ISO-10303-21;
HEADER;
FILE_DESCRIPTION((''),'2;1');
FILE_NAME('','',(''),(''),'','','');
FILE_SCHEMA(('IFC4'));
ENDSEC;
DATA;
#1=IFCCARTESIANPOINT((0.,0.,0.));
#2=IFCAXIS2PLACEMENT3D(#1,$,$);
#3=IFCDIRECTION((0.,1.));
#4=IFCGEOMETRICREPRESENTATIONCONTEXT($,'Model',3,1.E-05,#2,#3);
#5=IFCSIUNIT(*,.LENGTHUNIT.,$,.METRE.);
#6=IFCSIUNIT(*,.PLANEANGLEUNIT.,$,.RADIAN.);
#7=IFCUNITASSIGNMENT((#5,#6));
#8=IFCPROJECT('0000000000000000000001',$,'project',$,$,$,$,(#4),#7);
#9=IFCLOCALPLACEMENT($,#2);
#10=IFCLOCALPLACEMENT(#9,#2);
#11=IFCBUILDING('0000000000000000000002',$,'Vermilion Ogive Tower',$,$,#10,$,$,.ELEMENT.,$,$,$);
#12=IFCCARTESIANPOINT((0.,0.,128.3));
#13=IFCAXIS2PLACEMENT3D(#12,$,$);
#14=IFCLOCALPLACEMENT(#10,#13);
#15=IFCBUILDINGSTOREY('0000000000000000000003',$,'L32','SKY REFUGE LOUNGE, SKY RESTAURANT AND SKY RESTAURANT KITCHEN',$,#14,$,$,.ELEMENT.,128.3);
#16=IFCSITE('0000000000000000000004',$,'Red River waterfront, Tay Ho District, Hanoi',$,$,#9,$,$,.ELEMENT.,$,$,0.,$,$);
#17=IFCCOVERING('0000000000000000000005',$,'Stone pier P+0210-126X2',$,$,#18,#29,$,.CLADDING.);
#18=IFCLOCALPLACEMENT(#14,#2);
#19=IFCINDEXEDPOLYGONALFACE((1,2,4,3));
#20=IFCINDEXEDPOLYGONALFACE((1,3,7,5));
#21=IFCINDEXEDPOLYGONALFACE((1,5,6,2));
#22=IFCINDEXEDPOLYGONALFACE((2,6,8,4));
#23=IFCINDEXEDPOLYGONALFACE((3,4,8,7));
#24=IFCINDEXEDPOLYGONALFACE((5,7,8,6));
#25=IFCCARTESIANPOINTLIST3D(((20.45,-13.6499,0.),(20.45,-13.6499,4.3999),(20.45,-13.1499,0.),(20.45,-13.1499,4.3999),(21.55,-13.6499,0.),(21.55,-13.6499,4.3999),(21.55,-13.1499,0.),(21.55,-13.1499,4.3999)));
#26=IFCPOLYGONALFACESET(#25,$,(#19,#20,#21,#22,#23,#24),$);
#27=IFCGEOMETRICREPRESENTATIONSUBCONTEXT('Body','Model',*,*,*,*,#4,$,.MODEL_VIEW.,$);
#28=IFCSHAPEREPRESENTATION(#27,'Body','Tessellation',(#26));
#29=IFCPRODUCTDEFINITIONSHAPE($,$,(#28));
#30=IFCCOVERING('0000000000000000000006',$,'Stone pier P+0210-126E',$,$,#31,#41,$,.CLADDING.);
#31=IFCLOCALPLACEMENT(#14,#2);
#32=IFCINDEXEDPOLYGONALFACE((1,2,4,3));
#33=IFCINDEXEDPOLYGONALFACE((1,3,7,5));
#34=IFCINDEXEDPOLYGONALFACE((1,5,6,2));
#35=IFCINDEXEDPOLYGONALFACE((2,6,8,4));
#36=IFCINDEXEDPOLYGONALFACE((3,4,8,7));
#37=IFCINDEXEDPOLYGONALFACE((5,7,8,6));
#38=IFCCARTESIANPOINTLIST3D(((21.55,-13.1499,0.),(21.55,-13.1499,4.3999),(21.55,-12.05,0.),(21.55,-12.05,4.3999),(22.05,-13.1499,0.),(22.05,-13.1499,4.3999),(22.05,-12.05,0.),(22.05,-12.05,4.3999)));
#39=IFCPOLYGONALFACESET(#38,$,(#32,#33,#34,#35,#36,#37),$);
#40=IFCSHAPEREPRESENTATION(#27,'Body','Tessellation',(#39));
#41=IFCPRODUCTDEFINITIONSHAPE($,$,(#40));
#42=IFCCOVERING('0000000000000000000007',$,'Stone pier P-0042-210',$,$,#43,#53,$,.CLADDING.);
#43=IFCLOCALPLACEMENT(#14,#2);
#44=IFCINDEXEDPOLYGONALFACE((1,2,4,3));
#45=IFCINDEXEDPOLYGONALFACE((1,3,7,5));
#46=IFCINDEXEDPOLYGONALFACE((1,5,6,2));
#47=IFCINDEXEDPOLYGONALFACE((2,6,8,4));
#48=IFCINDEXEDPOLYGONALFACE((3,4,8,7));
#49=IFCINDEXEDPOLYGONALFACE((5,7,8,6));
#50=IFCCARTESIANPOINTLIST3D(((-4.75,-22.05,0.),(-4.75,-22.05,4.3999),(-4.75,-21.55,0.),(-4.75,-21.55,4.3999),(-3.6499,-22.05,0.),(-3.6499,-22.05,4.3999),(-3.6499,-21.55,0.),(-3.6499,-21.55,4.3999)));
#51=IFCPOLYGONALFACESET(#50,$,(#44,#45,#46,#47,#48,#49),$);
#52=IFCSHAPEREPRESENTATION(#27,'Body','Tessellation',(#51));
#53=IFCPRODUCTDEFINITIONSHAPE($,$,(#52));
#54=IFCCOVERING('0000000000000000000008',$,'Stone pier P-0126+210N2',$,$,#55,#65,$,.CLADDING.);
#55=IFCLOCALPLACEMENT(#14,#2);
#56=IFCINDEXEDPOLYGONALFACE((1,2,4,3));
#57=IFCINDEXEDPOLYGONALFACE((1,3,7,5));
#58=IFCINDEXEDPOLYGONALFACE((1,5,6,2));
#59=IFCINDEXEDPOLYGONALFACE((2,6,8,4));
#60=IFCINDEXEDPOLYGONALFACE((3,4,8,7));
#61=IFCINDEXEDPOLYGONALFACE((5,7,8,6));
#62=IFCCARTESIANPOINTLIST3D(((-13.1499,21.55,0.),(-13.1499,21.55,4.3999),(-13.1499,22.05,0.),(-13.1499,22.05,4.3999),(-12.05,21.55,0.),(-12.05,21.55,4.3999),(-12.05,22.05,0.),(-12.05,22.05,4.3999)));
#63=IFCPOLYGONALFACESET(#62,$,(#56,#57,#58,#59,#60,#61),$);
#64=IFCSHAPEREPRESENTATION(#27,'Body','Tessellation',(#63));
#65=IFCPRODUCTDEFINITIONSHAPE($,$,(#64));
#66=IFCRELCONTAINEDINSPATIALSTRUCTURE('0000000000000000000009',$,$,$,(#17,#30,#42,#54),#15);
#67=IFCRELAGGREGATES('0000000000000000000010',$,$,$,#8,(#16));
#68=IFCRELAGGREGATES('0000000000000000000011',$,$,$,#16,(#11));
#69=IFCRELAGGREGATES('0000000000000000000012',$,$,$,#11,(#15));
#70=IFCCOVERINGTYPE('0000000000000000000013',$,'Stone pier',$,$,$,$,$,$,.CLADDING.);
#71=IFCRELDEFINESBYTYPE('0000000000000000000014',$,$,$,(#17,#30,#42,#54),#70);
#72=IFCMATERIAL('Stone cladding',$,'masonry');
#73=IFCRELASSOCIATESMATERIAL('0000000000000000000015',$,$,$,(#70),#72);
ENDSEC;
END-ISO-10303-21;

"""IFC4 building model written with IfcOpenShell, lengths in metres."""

from ifc_helpers import new_model, si_unit, direction, frame, origin, place, context, subcontext, project, spatial, polyline, outline, extrude, material, type_object, element, save


model = new_model("IFC4")

# Units and contexts
model_context = context("Model", 3, precision=1e-05, world=origin(), true_north=direction((0.0, 1.0)))
body_context = subcontext(model_context, "Body", "Model", "MODEL_VIEW")
ifc_project = project(units=[si_unit("LENGTHUNIT", "METRE"), si_unit("PLANEANGLEUNIT", "RADIAN")], contexts=[model_context])

# Site, building, storey
site_placement = place(None, origin())
site = spatial("IfcSite", under=ifc_project, at=site_placement, Name="Red River waterfront, Tay Ho District, Hanoi", CompositionType="ELEMENT", RefElevation=0.0)
building_placement = place(site_placement, origin())
building = spatial("IfcBuilding", under=site, at=building_placement, Name="Vermilion Ogive Tower", CompositionType="ELEMENT")
storey_placement = place(building_placement, frame((0.0, 0.0, 128.3)))
storey = spatial("IfcBuildingStorey", under=building, at=storey_placement, Name="L32", Description="SKY REFUGE LOUNGE, SKY RESTAURANT AND SKY RESTAURANT KITCHEN", CompositionType="ELEMENT", Elevation=128.3)

# Coverings
ifc_material_1 = material(Name="Stone cladding", Category="masonry")
covering_type = type_object("IfcCoveringType", Name="Stone pier", PredefinedType="CLADDING", material=ifc_material_1)
covering_1_placement = place(storey_placement, origin())
element("IfcCovering", 1, at=covering_1_placement, inside=storey, type_object=covering_type, Name="Stone pier P+0210-126X2", PredefinedType="CLADDING", context=body_context, shape_type="SweptSolid", body=[
    extrude(outline(polyline([(21.55, -13.6499), (20.45, -13.6499), (20.45, -13.1499), (21.55, -13.1499), (21.55, -13.6499)])), origin(), (0.0, 0.0, 1.0), 4.3999),
])
covering_2_placement = place(storey_placement, origin())
element("IfcCovering", 2, at=covering_2_placement, inside=storey, type_object=covering_type, Name="Stone pier P+0210-126E", PredefinedType="CLADDING", context=body_context, shape_type="SweptSolid", body=[
    extrude(outline(polyline([(22.05, -13.1499), (21.55, -13.1499), (21.55, -12.05), (22.05, -12.05), (22.05, -13.1499)])), origin(), (0.0, 0.0, 1.0), 4.3999),
])
covering_3_placement = place(storey_placement, origin())
element("IfcCovering", 3, at=covering_3_placement, inside=storey, type_object=covering_type, Name="Stone pier P-0042-210", PredefinedType="CLADDING", context=body_context, shape_type="SweptSolid", body=[
    extrude(outline(polyline([(-3.6499, -21.55), (-3.6499, -22.05), (-4.75, -22.05), (-4.75, -21.55), (-4.75, -21.55), (-3.6499, -21.55)])), origin(), (0.0, 0.0, 1.0), 4.3999),
])
covering_4_placement = place(storey_placement, origin())
element("IfcCovering", 4, at=covering_4_placement, inside=storey, type_object=covering_type, Name="Stone pier P-0126+210N2", PredefinedType="CLADDING", context=body_context, shape_type="SweptSolid", body=[
    extrude(outline(polyline([(-13.1499, 21.55), (-13.1499, 22.05), (-12.05, 22.05), (-12.05, 21.55), (-12.05, 21.55), (-13.1499, 21.55)])), origin(), (0.0, 0.0, 1.0), 4.3999),
])

save(model, "model.ifc")
